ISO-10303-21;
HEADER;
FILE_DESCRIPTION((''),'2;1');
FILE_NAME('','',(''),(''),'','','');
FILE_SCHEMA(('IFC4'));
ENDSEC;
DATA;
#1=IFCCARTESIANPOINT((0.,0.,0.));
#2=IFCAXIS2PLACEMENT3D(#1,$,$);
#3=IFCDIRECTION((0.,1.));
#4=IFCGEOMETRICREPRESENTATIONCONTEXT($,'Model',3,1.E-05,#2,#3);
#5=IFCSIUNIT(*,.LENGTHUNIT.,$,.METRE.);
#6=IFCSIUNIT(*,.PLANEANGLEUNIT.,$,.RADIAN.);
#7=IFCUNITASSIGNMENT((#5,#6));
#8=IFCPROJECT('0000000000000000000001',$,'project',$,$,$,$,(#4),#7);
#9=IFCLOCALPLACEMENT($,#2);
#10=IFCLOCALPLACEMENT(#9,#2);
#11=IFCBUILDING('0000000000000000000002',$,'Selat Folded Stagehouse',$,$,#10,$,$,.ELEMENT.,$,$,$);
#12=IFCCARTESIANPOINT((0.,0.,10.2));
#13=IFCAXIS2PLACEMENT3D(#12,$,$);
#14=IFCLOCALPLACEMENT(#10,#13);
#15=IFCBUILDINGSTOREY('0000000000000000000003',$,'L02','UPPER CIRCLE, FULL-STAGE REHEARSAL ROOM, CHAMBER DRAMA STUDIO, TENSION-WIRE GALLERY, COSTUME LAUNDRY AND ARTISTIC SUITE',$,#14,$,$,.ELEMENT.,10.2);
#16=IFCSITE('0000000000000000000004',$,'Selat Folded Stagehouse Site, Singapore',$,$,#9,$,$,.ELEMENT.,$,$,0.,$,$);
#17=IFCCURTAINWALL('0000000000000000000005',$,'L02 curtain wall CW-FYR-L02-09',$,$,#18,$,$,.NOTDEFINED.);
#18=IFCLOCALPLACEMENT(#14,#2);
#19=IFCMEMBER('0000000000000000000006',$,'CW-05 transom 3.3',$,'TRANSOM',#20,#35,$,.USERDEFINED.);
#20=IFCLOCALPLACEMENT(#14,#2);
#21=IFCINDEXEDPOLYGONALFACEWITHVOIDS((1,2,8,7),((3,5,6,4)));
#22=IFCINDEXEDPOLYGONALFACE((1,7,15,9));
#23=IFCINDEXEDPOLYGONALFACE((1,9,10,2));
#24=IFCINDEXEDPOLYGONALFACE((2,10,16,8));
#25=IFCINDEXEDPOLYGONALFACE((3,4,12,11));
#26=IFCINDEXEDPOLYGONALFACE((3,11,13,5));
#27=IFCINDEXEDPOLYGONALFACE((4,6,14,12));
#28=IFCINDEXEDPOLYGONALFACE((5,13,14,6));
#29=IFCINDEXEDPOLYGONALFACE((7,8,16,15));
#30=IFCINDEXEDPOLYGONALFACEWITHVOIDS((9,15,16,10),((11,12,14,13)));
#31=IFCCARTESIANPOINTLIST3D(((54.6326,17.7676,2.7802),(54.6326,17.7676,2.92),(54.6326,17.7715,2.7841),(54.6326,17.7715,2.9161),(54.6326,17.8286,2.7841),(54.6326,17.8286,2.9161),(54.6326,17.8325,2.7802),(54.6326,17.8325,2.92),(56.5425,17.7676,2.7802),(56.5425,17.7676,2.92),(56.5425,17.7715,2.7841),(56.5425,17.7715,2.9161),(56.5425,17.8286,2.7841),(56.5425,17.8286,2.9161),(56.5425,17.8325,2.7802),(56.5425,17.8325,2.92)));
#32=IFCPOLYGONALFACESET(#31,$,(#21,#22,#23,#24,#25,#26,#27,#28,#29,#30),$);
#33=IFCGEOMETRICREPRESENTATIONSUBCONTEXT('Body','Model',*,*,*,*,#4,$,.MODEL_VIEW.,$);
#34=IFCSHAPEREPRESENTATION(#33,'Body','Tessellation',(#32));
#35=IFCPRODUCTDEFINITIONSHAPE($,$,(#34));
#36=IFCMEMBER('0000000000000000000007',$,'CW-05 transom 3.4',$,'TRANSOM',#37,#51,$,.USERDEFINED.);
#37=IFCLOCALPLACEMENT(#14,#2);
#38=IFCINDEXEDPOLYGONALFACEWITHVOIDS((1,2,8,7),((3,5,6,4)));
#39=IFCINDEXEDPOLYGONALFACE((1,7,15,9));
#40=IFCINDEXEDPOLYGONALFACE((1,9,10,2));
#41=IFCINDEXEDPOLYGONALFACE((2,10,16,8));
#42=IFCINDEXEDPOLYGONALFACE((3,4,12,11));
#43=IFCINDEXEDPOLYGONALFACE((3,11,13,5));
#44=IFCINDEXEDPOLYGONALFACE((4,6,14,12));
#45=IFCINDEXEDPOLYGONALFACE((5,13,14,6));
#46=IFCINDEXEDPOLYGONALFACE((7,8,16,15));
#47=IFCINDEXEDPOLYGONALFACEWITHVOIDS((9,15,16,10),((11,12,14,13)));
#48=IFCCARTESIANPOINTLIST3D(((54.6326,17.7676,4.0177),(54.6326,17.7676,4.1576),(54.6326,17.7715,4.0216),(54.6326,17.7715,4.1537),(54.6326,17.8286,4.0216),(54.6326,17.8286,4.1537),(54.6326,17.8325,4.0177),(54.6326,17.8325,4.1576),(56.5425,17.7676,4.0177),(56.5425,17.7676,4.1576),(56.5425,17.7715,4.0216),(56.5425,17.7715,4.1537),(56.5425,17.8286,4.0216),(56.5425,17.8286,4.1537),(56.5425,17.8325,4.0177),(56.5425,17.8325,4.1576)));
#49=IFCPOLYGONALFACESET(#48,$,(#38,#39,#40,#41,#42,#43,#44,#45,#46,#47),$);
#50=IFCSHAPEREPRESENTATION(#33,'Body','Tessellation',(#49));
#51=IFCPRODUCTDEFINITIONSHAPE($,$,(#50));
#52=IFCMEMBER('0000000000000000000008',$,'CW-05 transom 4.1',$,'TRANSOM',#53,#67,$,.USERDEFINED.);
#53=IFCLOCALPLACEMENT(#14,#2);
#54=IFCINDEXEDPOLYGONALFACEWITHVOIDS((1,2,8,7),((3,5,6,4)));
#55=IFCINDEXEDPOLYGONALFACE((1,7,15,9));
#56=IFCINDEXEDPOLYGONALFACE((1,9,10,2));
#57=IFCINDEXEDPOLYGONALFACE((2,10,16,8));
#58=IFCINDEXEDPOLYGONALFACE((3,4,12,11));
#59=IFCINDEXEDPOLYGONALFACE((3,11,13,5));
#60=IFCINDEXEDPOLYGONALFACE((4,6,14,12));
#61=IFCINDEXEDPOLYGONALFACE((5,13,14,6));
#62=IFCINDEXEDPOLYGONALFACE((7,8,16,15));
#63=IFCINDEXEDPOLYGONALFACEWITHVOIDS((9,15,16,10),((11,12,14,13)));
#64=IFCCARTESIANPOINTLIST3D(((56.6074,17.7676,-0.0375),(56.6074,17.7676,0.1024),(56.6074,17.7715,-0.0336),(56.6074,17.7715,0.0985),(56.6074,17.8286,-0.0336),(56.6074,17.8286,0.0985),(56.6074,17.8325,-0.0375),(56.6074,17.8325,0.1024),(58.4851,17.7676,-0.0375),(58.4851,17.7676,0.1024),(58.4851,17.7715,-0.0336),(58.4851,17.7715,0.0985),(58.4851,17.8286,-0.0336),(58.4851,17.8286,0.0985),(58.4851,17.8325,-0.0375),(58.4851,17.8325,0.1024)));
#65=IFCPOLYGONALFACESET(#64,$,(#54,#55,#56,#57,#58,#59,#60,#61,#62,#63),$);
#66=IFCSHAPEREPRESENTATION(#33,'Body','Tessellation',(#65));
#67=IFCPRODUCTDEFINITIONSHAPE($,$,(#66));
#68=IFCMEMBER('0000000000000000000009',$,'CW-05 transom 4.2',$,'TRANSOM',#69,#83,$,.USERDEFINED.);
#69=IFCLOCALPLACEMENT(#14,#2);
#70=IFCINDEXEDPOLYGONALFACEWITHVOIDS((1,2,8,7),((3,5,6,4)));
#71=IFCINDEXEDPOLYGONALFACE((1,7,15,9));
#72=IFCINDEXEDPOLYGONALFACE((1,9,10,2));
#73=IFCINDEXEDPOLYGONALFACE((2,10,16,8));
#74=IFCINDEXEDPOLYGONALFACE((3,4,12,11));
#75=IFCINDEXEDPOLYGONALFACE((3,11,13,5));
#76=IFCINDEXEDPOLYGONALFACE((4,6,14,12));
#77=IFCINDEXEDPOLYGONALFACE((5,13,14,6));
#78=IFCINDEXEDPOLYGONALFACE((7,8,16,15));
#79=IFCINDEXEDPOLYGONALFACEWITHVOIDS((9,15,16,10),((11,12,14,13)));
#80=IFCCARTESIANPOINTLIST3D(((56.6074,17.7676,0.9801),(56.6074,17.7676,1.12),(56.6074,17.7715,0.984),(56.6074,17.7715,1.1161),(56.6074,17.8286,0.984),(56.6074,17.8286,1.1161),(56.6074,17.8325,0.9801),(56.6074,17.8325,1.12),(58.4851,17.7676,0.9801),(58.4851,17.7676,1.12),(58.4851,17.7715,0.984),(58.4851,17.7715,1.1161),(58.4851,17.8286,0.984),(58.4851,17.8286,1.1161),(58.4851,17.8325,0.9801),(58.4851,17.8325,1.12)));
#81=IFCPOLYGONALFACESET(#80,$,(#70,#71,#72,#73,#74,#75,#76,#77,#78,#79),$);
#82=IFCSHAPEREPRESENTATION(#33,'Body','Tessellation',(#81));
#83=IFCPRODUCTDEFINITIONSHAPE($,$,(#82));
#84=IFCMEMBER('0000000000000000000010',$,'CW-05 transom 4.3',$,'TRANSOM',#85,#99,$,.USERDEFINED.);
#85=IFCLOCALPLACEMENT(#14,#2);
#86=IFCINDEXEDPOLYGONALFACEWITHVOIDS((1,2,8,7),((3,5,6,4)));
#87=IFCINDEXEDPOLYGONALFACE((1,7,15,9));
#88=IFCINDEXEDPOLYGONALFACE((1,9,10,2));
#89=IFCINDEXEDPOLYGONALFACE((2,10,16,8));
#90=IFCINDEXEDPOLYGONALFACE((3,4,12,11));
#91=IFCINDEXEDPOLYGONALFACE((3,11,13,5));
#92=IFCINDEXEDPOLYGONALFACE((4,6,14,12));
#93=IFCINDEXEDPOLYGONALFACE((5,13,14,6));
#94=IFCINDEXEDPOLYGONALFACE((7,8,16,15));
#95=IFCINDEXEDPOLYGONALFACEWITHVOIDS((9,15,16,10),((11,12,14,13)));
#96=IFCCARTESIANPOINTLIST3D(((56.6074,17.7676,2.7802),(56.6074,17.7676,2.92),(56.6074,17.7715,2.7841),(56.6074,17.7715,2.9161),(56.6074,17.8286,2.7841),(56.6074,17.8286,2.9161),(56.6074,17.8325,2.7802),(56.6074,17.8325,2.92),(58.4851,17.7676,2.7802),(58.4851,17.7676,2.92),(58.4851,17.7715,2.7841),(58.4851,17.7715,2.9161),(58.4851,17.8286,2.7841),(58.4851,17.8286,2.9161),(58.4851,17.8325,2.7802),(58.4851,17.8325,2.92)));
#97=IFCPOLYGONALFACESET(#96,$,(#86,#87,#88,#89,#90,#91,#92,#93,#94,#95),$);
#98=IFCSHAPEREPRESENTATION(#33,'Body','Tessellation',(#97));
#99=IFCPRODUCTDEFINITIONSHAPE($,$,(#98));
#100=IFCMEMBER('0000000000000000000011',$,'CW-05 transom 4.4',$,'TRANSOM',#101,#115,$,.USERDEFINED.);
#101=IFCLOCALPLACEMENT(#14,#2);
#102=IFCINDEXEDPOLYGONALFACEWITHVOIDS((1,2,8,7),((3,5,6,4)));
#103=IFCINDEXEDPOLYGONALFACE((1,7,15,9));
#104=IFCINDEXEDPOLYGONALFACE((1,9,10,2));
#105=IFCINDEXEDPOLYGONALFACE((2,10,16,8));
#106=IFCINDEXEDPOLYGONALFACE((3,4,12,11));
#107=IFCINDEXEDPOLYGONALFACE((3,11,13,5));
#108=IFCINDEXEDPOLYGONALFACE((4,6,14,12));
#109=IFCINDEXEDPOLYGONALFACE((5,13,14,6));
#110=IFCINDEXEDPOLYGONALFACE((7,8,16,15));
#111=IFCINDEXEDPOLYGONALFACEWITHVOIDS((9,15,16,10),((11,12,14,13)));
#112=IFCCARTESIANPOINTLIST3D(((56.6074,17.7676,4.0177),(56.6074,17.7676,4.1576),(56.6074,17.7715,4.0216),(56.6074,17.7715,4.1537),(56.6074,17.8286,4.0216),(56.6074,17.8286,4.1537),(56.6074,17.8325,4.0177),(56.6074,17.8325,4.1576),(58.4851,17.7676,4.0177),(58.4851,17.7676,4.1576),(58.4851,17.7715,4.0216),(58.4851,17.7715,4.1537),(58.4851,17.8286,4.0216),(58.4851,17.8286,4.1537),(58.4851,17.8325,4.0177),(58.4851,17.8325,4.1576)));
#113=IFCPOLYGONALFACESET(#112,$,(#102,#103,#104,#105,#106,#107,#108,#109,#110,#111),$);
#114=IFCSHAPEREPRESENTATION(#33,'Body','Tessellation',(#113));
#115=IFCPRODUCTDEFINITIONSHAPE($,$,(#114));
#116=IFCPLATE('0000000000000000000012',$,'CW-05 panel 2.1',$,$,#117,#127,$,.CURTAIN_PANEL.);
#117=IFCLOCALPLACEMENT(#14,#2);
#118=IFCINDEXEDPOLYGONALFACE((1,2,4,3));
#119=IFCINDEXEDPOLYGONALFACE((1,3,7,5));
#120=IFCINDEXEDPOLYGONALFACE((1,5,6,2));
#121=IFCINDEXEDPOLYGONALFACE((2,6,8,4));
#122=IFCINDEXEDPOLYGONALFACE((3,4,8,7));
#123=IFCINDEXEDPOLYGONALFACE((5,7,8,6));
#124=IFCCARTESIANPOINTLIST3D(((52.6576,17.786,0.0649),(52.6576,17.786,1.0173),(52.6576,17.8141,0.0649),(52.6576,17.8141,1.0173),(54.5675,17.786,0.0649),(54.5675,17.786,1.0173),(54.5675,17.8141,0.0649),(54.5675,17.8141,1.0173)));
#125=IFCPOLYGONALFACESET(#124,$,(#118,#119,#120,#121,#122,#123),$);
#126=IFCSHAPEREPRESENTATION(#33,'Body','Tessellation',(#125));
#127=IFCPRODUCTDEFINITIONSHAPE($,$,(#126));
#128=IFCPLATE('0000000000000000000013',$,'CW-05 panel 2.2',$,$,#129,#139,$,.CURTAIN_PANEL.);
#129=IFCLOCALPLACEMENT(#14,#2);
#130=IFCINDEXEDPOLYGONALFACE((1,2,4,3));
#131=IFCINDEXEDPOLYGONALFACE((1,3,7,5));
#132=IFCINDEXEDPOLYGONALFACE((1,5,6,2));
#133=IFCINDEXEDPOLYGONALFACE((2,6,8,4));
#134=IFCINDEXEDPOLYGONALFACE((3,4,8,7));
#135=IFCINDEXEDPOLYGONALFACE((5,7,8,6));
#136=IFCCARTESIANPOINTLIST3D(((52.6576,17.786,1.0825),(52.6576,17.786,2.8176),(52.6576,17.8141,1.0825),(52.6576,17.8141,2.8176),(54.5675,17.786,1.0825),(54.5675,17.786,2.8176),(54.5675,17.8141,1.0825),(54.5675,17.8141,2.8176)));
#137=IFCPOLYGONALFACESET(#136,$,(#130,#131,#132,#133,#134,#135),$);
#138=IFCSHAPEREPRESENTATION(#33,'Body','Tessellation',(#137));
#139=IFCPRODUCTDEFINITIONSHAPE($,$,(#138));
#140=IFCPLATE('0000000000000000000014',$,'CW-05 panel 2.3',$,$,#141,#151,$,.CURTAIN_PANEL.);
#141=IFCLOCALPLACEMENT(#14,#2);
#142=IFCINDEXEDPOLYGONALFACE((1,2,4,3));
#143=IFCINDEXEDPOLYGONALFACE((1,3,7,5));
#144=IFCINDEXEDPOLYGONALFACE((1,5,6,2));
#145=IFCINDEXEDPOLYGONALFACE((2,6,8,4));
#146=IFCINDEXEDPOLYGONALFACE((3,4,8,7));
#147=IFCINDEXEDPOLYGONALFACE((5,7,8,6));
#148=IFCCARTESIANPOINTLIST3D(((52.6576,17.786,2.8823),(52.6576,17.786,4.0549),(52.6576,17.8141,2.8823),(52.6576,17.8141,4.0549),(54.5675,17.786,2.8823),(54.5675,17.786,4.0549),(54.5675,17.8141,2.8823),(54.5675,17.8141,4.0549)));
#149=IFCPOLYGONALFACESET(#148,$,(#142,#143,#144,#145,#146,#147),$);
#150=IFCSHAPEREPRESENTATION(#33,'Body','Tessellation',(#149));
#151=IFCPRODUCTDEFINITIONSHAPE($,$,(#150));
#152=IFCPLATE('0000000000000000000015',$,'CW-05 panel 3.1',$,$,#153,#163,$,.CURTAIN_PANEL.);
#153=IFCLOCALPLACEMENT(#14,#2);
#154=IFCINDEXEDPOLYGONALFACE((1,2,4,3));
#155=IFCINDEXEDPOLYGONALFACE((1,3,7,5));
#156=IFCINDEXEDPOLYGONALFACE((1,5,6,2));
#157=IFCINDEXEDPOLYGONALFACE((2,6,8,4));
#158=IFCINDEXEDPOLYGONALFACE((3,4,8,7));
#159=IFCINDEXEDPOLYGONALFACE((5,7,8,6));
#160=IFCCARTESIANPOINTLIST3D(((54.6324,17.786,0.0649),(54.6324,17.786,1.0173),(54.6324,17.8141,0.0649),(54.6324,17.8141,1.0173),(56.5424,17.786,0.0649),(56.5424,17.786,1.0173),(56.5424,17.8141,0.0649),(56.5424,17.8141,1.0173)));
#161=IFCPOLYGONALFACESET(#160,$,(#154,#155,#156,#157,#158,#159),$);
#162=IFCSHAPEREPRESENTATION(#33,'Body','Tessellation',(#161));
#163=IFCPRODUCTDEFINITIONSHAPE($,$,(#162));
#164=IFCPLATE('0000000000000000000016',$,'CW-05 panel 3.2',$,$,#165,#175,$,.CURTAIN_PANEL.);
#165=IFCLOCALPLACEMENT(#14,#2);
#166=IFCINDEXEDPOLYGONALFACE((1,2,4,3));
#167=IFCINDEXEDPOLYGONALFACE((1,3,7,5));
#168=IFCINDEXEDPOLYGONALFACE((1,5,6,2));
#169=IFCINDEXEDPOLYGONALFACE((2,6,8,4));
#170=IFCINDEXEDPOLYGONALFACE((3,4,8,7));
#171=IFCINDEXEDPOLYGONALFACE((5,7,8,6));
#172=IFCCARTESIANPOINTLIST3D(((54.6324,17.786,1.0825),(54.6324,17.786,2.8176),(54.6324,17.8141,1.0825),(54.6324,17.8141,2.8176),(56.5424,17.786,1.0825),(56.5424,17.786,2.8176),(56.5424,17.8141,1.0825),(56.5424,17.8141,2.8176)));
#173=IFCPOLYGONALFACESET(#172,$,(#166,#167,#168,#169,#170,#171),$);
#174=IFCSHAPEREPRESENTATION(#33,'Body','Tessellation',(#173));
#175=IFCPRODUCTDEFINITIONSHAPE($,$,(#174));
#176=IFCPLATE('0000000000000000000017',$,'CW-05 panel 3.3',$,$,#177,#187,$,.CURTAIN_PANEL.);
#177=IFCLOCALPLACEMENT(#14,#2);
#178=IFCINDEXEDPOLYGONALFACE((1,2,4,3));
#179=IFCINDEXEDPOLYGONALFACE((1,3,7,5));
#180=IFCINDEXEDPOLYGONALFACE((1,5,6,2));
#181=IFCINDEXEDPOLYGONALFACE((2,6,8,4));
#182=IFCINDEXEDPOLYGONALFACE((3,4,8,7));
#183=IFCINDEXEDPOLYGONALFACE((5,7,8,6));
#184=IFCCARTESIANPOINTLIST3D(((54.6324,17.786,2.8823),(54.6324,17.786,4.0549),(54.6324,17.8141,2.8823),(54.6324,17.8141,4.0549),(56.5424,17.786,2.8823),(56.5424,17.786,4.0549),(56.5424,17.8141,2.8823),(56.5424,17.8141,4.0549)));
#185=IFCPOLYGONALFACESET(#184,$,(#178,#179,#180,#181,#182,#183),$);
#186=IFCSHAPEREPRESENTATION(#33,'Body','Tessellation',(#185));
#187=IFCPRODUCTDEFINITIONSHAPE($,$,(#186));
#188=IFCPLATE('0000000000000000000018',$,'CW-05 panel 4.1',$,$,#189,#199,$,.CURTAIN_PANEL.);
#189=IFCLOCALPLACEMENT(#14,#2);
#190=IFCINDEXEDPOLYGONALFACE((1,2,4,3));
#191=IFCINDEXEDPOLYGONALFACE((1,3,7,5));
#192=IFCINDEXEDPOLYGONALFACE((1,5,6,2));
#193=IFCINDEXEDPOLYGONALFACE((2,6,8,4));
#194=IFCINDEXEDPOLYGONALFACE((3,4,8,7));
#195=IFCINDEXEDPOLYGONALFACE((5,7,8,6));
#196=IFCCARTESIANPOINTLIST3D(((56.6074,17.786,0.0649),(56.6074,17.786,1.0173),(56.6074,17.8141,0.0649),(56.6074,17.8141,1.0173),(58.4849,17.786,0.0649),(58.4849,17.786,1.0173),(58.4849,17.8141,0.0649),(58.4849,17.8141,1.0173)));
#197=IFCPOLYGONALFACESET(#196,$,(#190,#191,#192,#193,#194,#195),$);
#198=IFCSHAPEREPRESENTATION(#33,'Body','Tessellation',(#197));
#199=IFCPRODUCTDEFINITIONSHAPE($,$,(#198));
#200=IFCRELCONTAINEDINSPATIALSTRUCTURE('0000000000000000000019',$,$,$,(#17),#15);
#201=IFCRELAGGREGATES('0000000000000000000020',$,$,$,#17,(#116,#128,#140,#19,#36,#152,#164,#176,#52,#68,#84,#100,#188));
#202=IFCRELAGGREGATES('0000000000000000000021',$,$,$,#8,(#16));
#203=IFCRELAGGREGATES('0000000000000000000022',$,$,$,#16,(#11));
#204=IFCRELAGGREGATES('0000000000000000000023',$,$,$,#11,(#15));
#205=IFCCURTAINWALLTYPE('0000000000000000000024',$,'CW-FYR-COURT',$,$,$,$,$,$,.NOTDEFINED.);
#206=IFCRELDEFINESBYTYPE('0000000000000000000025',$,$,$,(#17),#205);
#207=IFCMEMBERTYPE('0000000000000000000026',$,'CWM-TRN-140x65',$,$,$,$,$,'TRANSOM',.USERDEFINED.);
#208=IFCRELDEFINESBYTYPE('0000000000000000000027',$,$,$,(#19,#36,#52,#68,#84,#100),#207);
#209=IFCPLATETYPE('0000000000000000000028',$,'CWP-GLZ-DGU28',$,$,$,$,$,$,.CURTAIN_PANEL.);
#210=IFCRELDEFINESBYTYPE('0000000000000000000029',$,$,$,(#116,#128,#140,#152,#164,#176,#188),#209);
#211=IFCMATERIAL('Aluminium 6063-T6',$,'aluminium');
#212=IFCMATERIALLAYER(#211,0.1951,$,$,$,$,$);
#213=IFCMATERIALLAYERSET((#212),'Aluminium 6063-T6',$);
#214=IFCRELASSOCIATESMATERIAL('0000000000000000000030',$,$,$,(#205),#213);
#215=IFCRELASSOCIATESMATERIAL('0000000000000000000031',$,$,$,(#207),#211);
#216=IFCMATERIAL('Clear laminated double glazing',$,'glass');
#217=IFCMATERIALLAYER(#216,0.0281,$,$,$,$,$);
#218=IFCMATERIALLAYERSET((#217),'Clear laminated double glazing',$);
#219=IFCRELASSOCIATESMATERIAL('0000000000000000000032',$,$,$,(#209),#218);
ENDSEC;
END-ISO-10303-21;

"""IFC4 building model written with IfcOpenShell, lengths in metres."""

from ifc_helpers import new_model, si_unit, direction, frame, origin, origin_2d, place, context, subcontext, project, spatial, rectangle, hollow_rectangle, extrude, material, layer, layer_set, material_profile, profile_set, type_object, element, aggregate, save


model = new_model("IFC4")

# Units and contexts
model_context = context("Model", 3, precision=1e-05, world=origin(), true_north=direction((0.0, 1.0)))
body_context = subcontext(model_context, "Body", "Model", "MODEL_VIEW")
ifc_project = project(units=[si_unit("LENGTHUNIT", "METRE"), si_unit("PLANEANGLEUNIT", "RADIAN")], contexts=[model_context])

# Site, building, storey
site_placement = place(None, origin())
site = spatial("IfcSite", under=ifc_project, at=site_placement, Name="Selat Folded Stagehouse Site, Singapore", CompositionType="ELEMENT", RefElevation=0.0)
building_placement = place(site_placement, origin())
building = spatial("IfcBuilding", under=site, at=building_placement, Name="Selat Folded Stagehouse", CompositionType="ELEMENT")
storey_placement = place(building_placement, frame((0.0, 0.0, 10.2)))
storey = spatial("IfcBuildingStorey", under=building, at=storey_placement, Name="L02", Description="UPPER CIRCLE, FULL-STAGE REHEARSAL ROOM, CHAMBER DRAMA STUDIO, TENSION-WIRE GALLERY, COSTUME LAUNDRY AND ARTISTIC SUITE", CompositionType="ELEMENT", Elevation=10.2)

# Curtain wall, members, plates
ifc_material_1 = material(Name="Aluminium 6063-T6", Category="aluminium")
ifc_layer_1 = layer(ifc_material_1, 0.1951)
ifc_layer_set_1 = layer_set([ifc_layer_1], Name="Aluminium 6063-T6")
curtain_wall_type = type_object("IfcCurtainWallType", Name="CW-FYR-COURT", PredefinedType="NOTDEFINED", material=ifc_layer_set_1)
curtain_wall_placement = place(storey_placement, origin())
curtain_wall = element("IfcCurtainWall", 1, at=curtain_wall_placement, inside=storey, type_object=curtain_wall_type, Name="L02 curtain wall CW-FYR-L02-09", PredefinedType="NOTDEFINED")
ifc_material_profile_1 = material_profile(ifc_material_1, hollow_rectangle(XDim=0.0649, YDim=0.1399, WallThickness=0.0039, at=origin_2d()), Name="ALU 140x65x4.0")
ifc_profile_set_1 = profile_set([ifc_material_profile_1], Name="Aluminium 6063-T6")
member_type_1 = type_object("IfcMemberType", Name="CWM-TRN-140x65", ElementType="TRANSOM", PredefinedType="USERDEFINED", material=ifc_profile_set_1)
member_1_placement = place(storey_placement, frame((54.6326, 17.8, 2.8501), z_axis=(1.0, 0.0, 0.0), x_axis=(0.0, 1.0, 0.0)))
member_1 = element("IfcMember", 2, at=member_1_placement, type_object=member_type_1, Name="CW-05 transom 3.3", ObjectType="TRANSOM", PredefinedType="USERDEFINED", context=body_context, shape_type="SweptSolid", body=[
    extrude(hollow_rectangle(XDim=0.0649, YDim=0.1399, WallThickness=0.0039, at=origin_2d()), origin(), (0.0, 0.0, 1.0), 1.9099),
])
member_2_placement = place(storey_placement, frame((54.6326, 17.8, 4.0876), z_axis=(1.0, 0.0, 0.0), x_axis=(0.0, 1.0, 0.0)))
member_2 = element("IfcMember", 3, at=member_2_placement, type_object=member_type_1, Name="CW-05 transom 3.4", ObjectType="TRANSOM", PredefinedType="USERDEFINED", context=body_context, shape_type="SweptSolid", body=[
    extrude(hollow_rectangle(XDim=0.0649, YDim=0.1399, WallThickness=0.0039, at=origin_2d()), origin(), (0.0, 0.0, 1.0), 1.9099),
])
member_3_placement = place(storey_placement, frame((56.6074, 17.8, 0.0325), z_axis=(1.0, 0.0, 0.0), x_axis=(0.0, 1.0, 0.0)))
member_3 = element("IfcMember", 4, at=member_3_placement, type_object=member_type_1, Name="CW-05 transom 4.1", ObjectType="TRANSOM", PredefinedType="USERDEFINED", context=body_context, shape_type="SweptSolid", body=[
    extrude(hollow_rectangle(XDim=0.0649, YDim=0.1399, WallThickness=0.0039, at=origin_2d()), origin(), (0.0, 0.0, 1.0), 1.8777),
])
member_4_placement = place(storey_placement, frame((56.6074, 17.8, 1.05), z_axis=(1.0, 0.0, 0.0), x_axis=(0.0, 1.0, 0.0)))
member_4 = element("IfcMember", 5, at=member_4_placement, type_object=member_type_1, Name="CW-05 transom 4.2", ObjectType="TRANSOM", PredefinedType="USERDEFINED", context=body_context, shape_type="SweptSolid", body=[
    extrude(hollow_rectangle(XDim=0.0649, YDim=0.1399, WallThickness=0.0039, at=origin_2d()), origin(), (0.0, 0.0, 1.0), 1.8777),
])
member_5_placement = place(storey_placement, frame((56.6074, 17.8, 2.8501), z_axis=(1.0, 0.0, 0.0), x_axis=(0.0, 1.0, 0.0)))
member_5 = element("IfcMember", 6, at=member_5_placement, type_object=member_type_1, Name="CW-05 transom 4.3", ObjectType="TRANSOM", PredefinedType="USERDEFINED", context=body_context, shape_type="SweptSolid", body=[
    extrude(hollow_rectangle(XDim=0.0649, YDim=0.1399, WallThickness=0.0039, at=origin_2d()), origin(), (0.0, 0.0, 1.0), 1.8777),
])
member_6_placement = place(storey_placement, frame((56.6074, 17.8, 4.0876), z_axis=(1.0, 0.0, 0.0), x_axis=(0.0, 1.0, 0.0)))
member_6 = element("IfcMember", 7, at=member_6_placement, type_object=member_type_1, Name="CW-05 transom 4.4", ObjectType="TRANSOM", PredefinedType="USERDEFINED", context=body_context, shape_type="SweptSolid", body=[
    extrude(hollow_rectangle(XDim=0.0649, YDim=0.1399, WallThickness=0.0039, at=origin_2d()), origin(), (0.0, 0.0, 1.0), 1.8777),
])
ifc_material_2 = material(Name="Clear laminated double glazing", Category="glass")
ifc_layer_2 = layer(ifc_material_2, 0.0281)
ifc_layer_set_2 = layer_set([ifc_layer_2], Name="Clear laminated double glazing")
plate_type = type_object("IfcPlateType", Name="CWP-GLZ-DGU28", PredefinedType="CURTAIN_PANEL", material=ifc_layer_set_2)
plate_1_placement = place(storey_placement, frame((53.6125, 17.8, 0.0649), z_axis=(0.0, 0.0, 1.0), x_axis=(1.0, 0.0, 0.0)))
plate_1 = element("IfcPlate", 8, at=plate_1_placement, type_object=plate_type, Name="CW-05 panel 2.1", PredefinedType="CURTAIN_PANEL", context=body_context, shape_type="SweptSolid", body=[
    extrude(rectangle(XDim=1.9099, YDim=0.0281, at=origin_2d()), origin(), (0.0, 0.0, 1.0), 0.9524),
])
plate_2_placement = place(storey_placement, frame((53.6125, 17.8, 1.0825), z_axis=(0.0, 0.0, 1.0), x_axis=(1.0, 0.0, 0.0)))
plate_2 = element("IfcPlate", 9, at=plate_2_placement, type_object=plate_type, Name="CW-05 panel 2.2", PredefinedType="CURTAIN_PANEL", context=body_context, shape_type="SweptSolid", body=[
    extrude(rectangle(XDim=1.9099, YDim=0.0281, at=origin_2d()), origin(), (0.0, 0.0, 1.0), 1.7351),
])
plate_3_placement = place(storey_placement, frame((53.6125, 17.8, 2.8823), z_axis=(0.0, 0.0, 1.0), x_axis=(1.0, 0.0, 0.0)))
plate_3 = element("IfcPlate", 10, at=plate_3_placement, type_object=plate_type, Name="CW-05 panel 2.3", PredefinedType="CURTAIN_PANEL", context=body_context, shape_type="SweptSolid", body=[
    extrude(rectangle(XDim=1.9099, YDim=0.0281, at=origin_2d()), origin(), (0.0, 0.0, 1.0), 1.1726),
])
plate_4_placement = place(storey_placement, frame((55.5874, 17.8, 0.0649), z_axis=(0.0, 0.0, 1.0), x_axis=(1.0, 0.0, 0.0)))
plate_4 = element("IfcPlate", 11, at=plate_4_placement, type_object=plate_type, Name="CW-05 panel 3.1", PredefinedType="CURTAIN_PANEL", context=body_context, shape_type="SweptSolid", body=[
    extrude(rectangle(XDim=1.9099, YDim=0.0281, at=origin_2d()), origin(), (0.0, 0.0, 1.0), 0.9524),
])
plate_5_placement = place(storey_placement, frame((55.5874, 17.8, 1.0825), z_axis=(0.0, 0.0, 1.0), x_axis=(1.0, 0.0, 0.0)))
plate_5 = element("IfcPlate", 12, at=plate_5_placement, type_object=plate_type, Name="CW-05 panel 3.2", PredefinedType="CURTAIN_PANEL", context=body_context, shape_type="SweptSolid", body=[
    extrude(rectangle(XDim=1.9099, YDim=0.0281, at=origin_2d()), origin(), (0.0, 0.0, 1.0), 1.7351),
])
plate_6_placement = place(storey_placement, frame((55.5874, 17.8, 2.8823), z_axis=(0.0, 0.0, 1.0), x_axis=(1.0, 0.0, 0.0)))
plate_6 = element("IfcPlate", 13, at=plate_6_placement, type_object=plate_type, Name="CW-05 panel 3.3", PredefinedType="CURTAIN_PANEL", context=body_context, shape_type="SweptSolid", body=[
    extrude(rectangle(XDim=1.9099, YDim=0.0281, at=origin_2d()), origin(), (0.0, 0.0, 1.0), 1.1726),
])
plate_7_placement = place(storey_placement, frame((57.5461, 17.8, 0.0649), z_axis=(0.0, 0.0, 1.0), x_axis=(1.0, 0.0, 0.0)))
plate_7 = element("IfcPlate", 14, at=plate_7_placement, type_object=plate_type, Name="CW-05 panel 4.1", PredefinedType="CURTAIN_PANEL", context=body_context, shape_type="SweptSolid", body=[
    extrude(rectangle(XDim=1.8774, YDim=0.0281, at=origin_2d()), origin(), (0.0, 0.0, 1.0), 0.9524),
])
aggregate(curtain_wall, [plate_1, plate_2, plate_3, member_1, member_2, plate_4, plate_5, plate_6, member_3, member_4, member_5, member_6, plate_7])

save(model, "model.ifc")
